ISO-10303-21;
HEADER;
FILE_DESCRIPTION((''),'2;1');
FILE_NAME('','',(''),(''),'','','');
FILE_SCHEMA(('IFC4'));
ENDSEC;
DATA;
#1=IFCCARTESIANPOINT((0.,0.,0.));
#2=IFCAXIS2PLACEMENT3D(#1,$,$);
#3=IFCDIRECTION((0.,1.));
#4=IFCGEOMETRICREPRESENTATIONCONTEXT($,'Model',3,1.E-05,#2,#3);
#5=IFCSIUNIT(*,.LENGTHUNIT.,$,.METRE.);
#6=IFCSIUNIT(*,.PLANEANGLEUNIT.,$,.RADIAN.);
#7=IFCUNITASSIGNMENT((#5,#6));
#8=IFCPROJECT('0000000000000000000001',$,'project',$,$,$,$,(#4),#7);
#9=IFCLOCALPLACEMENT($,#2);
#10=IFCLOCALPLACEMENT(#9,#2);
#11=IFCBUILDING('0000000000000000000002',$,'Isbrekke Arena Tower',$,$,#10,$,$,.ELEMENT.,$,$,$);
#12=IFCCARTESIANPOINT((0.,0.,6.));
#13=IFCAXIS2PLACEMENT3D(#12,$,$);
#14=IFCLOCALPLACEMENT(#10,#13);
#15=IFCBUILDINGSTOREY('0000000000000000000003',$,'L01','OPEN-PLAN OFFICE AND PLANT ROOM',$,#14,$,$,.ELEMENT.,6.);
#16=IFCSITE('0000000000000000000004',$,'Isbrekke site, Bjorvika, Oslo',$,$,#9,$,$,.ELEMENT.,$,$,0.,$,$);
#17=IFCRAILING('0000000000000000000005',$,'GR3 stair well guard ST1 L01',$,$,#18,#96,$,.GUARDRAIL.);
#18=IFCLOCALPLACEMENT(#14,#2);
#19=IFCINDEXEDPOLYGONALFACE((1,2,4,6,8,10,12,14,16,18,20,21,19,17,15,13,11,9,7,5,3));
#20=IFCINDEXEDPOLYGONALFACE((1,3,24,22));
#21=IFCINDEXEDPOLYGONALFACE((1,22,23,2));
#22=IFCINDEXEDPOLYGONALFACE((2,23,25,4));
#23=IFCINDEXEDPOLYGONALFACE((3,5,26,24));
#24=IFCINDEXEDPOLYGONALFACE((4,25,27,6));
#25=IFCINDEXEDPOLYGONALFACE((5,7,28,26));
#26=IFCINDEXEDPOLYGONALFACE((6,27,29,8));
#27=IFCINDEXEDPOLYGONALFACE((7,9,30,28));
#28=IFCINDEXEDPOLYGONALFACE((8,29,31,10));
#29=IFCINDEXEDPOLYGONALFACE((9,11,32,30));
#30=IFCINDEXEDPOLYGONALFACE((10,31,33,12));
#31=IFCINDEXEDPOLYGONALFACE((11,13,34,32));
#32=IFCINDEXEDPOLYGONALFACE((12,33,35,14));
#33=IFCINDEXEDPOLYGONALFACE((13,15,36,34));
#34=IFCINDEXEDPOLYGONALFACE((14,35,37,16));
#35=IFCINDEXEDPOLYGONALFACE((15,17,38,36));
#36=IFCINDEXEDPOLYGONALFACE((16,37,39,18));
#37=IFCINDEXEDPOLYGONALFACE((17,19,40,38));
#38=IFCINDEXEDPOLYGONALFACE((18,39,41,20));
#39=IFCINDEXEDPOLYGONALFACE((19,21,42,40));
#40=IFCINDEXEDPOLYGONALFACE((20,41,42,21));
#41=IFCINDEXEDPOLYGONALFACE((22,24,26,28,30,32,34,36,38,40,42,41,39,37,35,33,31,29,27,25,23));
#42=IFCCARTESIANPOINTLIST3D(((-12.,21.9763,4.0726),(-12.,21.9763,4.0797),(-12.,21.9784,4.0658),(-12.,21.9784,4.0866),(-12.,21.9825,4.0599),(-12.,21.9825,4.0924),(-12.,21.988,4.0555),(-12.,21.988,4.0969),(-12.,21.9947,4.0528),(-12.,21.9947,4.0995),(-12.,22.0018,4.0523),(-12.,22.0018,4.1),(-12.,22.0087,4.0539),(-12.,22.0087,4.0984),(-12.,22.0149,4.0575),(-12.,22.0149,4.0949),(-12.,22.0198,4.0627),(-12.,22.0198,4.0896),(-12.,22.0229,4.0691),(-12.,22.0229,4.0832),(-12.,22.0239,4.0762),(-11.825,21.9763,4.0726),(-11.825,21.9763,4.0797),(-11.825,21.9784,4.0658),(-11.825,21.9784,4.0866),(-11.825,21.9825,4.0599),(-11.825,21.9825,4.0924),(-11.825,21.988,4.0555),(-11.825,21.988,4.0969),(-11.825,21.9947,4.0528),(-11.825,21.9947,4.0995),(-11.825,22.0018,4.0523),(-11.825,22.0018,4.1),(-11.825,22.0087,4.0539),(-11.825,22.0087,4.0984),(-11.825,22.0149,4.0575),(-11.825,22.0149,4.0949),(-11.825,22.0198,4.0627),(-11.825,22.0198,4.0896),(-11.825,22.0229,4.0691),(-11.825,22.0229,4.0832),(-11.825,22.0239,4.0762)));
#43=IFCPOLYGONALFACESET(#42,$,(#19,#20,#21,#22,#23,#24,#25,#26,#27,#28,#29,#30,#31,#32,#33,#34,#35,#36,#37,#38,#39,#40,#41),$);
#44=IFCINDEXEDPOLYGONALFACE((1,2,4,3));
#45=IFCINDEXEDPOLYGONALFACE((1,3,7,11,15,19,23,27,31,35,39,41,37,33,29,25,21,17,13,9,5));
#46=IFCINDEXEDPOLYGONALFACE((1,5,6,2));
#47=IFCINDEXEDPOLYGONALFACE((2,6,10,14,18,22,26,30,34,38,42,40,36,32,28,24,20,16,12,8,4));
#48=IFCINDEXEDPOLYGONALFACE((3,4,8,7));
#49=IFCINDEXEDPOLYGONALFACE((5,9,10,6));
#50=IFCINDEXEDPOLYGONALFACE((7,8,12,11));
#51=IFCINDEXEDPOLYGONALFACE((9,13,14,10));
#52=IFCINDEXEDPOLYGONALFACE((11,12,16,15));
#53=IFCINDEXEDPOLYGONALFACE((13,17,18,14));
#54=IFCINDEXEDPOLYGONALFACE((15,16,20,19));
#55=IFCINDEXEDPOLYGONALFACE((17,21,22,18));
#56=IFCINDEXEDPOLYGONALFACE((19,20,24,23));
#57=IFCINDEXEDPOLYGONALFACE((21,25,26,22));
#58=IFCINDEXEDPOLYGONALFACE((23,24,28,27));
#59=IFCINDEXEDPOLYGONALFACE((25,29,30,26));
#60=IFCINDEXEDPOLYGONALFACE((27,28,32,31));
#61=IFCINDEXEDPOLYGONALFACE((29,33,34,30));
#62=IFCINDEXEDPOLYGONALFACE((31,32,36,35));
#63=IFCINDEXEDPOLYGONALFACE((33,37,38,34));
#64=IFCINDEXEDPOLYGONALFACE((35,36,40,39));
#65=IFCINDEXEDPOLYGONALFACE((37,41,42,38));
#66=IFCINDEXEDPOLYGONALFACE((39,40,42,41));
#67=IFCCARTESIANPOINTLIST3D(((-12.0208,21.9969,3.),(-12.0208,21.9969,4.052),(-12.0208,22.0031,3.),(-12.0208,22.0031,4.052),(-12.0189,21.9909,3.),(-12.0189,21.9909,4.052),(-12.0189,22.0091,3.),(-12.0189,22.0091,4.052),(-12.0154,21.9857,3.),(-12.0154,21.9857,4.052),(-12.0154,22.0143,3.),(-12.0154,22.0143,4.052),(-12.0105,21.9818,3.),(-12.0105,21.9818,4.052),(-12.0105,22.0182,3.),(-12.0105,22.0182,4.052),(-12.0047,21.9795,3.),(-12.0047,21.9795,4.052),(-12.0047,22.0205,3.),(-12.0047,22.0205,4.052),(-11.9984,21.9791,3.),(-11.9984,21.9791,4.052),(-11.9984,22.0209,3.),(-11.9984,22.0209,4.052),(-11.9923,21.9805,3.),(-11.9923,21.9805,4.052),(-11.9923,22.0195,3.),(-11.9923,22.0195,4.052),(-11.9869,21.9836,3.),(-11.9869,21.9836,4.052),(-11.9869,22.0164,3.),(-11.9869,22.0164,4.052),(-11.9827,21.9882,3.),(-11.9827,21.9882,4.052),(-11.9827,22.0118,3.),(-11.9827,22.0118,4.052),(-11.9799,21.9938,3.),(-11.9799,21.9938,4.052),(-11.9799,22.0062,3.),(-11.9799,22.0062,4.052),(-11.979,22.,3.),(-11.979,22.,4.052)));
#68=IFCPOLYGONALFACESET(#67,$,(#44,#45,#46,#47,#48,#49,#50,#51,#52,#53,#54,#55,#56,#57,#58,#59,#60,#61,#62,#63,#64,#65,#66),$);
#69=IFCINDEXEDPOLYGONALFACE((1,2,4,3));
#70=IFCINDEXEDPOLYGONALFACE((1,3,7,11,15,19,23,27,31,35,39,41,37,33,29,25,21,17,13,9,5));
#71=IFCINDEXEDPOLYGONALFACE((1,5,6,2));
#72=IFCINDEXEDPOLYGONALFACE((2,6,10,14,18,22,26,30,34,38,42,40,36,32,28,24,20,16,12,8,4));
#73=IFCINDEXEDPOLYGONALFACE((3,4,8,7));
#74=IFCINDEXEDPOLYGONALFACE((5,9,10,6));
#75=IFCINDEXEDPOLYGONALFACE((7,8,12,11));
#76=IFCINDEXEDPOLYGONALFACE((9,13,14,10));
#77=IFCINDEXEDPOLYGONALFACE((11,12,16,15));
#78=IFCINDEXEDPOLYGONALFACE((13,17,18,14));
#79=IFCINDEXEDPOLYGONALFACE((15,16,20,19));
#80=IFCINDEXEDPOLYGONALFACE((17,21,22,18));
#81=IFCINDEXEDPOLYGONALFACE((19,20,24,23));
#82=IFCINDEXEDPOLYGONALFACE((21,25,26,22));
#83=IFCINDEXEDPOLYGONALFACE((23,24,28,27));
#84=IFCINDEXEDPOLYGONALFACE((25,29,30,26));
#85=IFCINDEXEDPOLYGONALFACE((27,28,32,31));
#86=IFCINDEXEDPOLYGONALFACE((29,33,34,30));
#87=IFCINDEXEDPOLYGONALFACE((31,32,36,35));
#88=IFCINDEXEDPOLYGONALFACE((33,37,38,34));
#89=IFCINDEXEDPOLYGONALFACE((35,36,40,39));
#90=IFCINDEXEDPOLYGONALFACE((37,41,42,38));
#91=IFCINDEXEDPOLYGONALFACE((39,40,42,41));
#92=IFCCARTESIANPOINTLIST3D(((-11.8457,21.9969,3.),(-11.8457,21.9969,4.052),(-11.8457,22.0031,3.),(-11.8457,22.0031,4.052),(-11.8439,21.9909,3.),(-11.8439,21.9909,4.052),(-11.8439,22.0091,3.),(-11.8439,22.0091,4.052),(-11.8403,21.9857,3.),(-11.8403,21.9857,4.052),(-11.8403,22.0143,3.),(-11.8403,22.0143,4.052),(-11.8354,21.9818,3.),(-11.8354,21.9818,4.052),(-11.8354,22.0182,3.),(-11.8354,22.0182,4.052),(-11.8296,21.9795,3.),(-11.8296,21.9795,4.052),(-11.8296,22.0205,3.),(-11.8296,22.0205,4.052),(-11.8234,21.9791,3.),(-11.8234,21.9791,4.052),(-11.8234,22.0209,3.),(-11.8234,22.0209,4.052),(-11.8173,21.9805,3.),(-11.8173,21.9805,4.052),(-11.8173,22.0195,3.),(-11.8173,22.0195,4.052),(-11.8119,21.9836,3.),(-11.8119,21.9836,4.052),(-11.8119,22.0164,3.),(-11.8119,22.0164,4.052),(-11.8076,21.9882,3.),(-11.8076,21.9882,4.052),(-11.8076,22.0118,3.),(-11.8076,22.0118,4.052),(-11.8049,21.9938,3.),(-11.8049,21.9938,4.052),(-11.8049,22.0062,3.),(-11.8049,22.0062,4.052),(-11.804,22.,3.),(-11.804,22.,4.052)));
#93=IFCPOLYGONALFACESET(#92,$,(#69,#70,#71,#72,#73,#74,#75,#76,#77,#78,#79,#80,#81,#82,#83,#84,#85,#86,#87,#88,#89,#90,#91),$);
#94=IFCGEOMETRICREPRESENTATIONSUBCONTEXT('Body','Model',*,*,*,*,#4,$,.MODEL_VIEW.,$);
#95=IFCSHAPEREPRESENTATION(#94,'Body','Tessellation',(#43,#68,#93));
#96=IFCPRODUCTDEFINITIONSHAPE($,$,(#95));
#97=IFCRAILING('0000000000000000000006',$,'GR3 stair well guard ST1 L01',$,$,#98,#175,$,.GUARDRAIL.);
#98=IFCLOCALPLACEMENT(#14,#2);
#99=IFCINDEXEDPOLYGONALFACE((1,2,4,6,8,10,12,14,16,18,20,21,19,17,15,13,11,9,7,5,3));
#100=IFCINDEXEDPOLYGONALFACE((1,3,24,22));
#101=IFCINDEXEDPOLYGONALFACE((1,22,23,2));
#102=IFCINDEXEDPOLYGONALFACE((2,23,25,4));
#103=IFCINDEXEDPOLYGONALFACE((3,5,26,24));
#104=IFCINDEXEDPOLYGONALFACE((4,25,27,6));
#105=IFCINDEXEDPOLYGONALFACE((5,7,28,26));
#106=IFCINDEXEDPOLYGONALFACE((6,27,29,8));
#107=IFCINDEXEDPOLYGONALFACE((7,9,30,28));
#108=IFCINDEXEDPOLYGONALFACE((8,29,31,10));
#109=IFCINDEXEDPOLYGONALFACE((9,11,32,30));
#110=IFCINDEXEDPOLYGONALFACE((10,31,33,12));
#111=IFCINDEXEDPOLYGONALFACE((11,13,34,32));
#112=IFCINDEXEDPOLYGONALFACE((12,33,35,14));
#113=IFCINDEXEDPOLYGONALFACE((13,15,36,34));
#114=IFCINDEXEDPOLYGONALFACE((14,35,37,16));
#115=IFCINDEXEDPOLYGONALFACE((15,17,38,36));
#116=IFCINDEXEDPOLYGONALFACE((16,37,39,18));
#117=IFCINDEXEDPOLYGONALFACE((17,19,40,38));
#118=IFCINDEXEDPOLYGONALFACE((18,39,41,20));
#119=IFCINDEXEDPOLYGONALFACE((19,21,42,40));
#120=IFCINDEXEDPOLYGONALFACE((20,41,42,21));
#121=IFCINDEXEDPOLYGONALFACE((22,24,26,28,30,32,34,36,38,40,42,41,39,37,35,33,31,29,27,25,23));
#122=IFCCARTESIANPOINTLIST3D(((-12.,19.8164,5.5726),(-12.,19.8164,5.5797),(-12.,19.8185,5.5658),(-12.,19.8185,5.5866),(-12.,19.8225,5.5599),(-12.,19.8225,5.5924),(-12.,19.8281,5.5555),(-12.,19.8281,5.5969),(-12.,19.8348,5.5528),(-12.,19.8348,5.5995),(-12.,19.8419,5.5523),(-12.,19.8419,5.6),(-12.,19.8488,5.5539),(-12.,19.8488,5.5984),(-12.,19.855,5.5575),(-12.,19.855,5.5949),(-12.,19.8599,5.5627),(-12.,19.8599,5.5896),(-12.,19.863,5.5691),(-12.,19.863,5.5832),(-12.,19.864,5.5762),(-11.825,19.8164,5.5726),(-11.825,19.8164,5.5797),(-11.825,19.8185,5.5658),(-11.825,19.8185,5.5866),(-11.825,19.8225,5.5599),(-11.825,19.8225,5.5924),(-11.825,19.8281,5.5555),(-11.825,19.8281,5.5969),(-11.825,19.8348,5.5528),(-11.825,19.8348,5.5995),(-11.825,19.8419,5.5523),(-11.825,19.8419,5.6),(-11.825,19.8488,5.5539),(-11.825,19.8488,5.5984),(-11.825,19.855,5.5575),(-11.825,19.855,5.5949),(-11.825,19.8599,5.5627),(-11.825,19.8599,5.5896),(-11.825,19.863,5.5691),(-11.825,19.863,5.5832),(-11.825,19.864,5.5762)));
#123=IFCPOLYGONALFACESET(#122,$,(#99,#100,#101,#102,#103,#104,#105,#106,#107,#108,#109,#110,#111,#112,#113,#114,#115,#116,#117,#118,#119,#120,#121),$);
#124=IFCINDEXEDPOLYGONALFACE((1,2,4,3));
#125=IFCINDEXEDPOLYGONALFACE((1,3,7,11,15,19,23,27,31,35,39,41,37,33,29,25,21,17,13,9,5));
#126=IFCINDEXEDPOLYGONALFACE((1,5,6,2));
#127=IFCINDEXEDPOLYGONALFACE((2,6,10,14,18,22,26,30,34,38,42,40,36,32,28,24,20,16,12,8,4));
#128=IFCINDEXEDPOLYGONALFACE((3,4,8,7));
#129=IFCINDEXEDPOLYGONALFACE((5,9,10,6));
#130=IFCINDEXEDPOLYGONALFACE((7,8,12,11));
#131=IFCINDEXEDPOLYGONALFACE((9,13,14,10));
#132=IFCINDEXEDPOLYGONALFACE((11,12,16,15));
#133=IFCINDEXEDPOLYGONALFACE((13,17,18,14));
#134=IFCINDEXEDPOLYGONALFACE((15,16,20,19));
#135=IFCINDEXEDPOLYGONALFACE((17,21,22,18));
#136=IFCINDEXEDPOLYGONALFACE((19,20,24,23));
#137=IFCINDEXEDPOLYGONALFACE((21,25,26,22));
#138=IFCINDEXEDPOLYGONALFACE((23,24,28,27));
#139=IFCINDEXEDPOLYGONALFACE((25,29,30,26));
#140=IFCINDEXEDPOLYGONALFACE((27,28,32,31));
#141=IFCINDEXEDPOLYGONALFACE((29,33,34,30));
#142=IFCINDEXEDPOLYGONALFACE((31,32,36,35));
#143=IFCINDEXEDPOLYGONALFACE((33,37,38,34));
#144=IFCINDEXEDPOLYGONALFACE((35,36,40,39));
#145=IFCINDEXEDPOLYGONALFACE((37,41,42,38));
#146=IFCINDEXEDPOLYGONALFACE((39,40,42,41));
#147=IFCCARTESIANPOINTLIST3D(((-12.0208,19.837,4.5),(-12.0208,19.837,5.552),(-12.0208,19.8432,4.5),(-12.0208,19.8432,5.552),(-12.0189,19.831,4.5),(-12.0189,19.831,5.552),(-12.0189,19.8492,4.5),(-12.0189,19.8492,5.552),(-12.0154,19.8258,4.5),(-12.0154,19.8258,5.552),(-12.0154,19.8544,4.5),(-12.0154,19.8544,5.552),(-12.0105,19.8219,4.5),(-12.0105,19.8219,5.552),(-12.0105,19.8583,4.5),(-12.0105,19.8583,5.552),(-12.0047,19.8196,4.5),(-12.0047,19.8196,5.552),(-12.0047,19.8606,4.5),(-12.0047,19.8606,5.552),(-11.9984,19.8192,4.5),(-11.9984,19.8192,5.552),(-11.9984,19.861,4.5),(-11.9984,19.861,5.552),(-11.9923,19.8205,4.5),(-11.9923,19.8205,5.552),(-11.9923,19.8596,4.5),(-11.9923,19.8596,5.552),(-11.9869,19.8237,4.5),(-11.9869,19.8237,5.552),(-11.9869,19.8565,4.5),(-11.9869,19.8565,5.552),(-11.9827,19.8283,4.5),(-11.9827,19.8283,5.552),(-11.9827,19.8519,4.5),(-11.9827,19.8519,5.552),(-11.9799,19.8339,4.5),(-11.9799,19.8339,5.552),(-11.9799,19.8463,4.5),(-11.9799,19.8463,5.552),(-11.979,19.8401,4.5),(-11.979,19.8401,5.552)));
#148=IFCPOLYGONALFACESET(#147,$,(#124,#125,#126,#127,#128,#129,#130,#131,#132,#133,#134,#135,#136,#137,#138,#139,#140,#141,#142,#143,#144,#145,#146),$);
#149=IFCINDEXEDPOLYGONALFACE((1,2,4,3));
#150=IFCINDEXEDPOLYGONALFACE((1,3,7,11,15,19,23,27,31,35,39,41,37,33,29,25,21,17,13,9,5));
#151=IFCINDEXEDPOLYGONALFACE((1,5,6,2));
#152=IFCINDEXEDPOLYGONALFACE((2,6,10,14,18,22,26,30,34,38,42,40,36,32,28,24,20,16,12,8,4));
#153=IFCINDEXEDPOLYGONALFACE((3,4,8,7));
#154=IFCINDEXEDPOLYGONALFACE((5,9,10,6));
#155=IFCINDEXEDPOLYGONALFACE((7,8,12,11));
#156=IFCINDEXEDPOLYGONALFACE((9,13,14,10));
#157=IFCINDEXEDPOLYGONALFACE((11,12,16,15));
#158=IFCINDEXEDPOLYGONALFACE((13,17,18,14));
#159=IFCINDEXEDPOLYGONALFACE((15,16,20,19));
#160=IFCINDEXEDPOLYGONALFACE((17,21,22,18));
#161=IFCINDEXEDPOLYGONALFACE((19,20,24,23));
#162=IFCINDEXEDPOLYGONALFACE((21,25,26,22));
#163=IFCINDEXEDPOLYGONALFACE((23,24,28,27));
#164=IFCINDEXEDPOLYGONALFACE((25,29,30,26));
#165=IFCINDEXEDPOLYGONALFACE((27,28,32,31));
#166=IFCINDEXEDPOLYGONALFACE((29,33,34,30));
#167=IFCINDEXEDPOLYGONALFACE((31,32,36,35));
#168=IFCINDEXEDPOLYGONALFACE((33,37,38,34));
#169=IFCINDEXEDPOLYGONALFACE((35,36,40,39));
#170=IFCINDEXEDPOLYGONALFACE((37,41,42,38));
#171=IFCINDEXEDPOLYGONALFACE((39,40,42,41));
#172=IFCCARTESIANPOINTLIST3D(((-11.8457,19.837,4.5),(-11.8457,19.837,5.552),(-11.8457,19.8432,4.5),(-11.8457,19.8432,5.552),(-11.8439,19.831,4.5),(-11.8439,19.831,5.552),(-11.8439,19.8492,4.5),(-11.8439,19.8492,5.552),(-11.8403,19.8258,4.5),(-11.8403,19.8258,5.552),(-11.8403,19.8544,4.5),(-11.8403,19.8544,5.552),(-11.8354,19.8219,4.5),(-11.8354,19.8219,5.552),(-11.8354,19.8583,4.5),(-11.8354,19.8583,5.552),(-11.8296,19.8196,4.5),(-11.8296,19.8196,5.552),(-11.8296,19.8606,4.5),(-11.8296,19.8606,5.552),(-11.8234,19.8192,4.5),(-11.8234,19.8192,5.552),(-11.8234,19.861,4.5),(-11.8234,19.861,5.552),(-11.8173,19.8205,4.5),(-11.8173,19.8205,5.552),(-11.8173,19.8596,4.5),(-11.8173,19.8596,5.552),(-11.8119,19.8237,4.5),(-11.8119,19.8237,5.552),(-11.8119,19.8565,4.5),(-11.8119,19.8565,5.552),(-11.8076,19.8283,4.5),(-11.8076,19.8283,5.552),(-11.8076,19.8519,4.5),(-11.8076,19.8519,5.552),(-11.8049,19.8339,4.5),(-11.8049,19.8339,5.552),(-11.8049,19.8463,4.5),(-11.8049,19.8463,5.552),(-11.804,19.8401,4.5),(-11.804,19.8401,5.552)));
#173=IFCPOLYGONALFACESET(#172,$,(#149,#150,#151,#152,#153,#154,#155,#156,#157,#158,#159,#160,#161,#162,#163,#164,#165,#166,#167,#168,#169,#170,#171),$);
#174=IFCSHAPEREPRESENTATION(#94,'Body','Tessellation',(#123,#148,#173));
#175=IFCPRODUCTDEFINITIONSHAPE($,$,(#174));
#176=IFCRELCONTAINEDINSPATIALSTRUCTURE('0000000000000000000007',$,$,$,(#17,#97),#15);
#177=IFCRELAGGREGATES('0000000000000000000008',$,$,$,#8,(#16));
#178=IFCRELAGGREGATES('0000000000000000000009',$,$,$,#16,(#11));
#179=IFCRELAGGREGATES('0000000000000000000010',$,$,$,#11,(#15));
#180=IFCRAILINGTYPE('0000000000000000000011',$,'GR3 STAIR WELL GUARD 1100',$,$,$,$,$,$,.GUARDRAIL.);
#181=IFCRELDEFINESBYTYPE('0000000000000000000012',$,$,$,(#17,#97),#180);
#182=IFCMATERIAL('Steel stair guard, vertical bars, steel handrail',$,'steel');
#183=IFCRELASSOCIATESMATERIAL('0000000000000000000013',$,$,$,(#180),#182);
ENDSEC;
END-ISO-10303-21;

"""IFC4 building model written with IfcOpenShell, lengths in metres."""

from ifc_helpers import new_model, si_unit, direction, frame, origin, origin_2d, place, context, subcontext, project, spatial, circle, extrude, material, type_object, element, save


model = new_model("IFC4")

# Units and contexts
model_context = context("Model", 3, precision=1e-05, world=origin(), true_north=direction((0.0, 1.0)))
body_context = subcontext(model_context, "Body", "Model", "MODEL_VIEW")
ifc_project = project(units=[si_unit("LENGTHUNIT", "METRE"), si_unit("PLANEANGLEUNIT", "RADIAN")], contexts=[model_context])

# Site, building, storey
site_placement = place(None, origin())
site = spatial("IfcSite", under=ifc_project, at=site_placement, Name="Isbrekke site, Bjorvika, Oslo", CompositionType="ELEMENT", RefElevation=0.0)
building_placement = place(site_placement, origin())
building = spatial("IfcBuilding", under=site, at=building_placement, Name="Isbrekke Arena Tower", CompositionType="ELEMENT")
storey_placement = place(building_placement, frame((0.0, 0.0, 6.0)))
storey = spatial("IfcBuildingStorey", under=building, at=storey_placement, Name="L01", Description="OPEN-PLAN OFFICE AND PLANT ROOM", CompositionType="ELEMENT", Elevation=6.0)

# Railings
ifc_material_1 = material(Name="Steel stair guard, vertical bars, steel handrail", Category="steel")
railing_type = type_object("IfcRailingType", Name="GR3 STAIR WELL GUARD 1100", PredefinedType="GUARDRAIL", material=ifc_material_1)
for number, where, name in (
    (1, (-12.0, 22.0, 3.0), "GR3 stair well guard ST1 L01"),
    (2, (-12.0, 19.8401, 4.5), "GR3 stair well guard ST1 L01"),
):
    element("IfcRailing", number, at=place(storey_placement, frame(where)), inside=storey, type_object=railing_type, Name=name, PredefinedType="GUARDRAIL", context=body_context, shape_type="SweptSolid", body=[
        extrude(circle(Radius=0.0239, at=origin_2d()), frame((0.0, 0.0, 1.0762), z_axis=(1.0, 0.0, 0.0), x_axis=(0.0, 1.0, 0.0)), (0.0, 0.0, 1.0), 0.175),
        extrude(circle(Radius=0.021, at=origin_2d()), origin(), (0.0, 0.0, 1.0), 1.052),
        extrude(circle(Radius=0.021, at=origin_2d()), frame((0.175, 0.0, 0.0)), (0.0, 0.0, 1.0), 1.052),
    ])

save(model, "model.ifc")
